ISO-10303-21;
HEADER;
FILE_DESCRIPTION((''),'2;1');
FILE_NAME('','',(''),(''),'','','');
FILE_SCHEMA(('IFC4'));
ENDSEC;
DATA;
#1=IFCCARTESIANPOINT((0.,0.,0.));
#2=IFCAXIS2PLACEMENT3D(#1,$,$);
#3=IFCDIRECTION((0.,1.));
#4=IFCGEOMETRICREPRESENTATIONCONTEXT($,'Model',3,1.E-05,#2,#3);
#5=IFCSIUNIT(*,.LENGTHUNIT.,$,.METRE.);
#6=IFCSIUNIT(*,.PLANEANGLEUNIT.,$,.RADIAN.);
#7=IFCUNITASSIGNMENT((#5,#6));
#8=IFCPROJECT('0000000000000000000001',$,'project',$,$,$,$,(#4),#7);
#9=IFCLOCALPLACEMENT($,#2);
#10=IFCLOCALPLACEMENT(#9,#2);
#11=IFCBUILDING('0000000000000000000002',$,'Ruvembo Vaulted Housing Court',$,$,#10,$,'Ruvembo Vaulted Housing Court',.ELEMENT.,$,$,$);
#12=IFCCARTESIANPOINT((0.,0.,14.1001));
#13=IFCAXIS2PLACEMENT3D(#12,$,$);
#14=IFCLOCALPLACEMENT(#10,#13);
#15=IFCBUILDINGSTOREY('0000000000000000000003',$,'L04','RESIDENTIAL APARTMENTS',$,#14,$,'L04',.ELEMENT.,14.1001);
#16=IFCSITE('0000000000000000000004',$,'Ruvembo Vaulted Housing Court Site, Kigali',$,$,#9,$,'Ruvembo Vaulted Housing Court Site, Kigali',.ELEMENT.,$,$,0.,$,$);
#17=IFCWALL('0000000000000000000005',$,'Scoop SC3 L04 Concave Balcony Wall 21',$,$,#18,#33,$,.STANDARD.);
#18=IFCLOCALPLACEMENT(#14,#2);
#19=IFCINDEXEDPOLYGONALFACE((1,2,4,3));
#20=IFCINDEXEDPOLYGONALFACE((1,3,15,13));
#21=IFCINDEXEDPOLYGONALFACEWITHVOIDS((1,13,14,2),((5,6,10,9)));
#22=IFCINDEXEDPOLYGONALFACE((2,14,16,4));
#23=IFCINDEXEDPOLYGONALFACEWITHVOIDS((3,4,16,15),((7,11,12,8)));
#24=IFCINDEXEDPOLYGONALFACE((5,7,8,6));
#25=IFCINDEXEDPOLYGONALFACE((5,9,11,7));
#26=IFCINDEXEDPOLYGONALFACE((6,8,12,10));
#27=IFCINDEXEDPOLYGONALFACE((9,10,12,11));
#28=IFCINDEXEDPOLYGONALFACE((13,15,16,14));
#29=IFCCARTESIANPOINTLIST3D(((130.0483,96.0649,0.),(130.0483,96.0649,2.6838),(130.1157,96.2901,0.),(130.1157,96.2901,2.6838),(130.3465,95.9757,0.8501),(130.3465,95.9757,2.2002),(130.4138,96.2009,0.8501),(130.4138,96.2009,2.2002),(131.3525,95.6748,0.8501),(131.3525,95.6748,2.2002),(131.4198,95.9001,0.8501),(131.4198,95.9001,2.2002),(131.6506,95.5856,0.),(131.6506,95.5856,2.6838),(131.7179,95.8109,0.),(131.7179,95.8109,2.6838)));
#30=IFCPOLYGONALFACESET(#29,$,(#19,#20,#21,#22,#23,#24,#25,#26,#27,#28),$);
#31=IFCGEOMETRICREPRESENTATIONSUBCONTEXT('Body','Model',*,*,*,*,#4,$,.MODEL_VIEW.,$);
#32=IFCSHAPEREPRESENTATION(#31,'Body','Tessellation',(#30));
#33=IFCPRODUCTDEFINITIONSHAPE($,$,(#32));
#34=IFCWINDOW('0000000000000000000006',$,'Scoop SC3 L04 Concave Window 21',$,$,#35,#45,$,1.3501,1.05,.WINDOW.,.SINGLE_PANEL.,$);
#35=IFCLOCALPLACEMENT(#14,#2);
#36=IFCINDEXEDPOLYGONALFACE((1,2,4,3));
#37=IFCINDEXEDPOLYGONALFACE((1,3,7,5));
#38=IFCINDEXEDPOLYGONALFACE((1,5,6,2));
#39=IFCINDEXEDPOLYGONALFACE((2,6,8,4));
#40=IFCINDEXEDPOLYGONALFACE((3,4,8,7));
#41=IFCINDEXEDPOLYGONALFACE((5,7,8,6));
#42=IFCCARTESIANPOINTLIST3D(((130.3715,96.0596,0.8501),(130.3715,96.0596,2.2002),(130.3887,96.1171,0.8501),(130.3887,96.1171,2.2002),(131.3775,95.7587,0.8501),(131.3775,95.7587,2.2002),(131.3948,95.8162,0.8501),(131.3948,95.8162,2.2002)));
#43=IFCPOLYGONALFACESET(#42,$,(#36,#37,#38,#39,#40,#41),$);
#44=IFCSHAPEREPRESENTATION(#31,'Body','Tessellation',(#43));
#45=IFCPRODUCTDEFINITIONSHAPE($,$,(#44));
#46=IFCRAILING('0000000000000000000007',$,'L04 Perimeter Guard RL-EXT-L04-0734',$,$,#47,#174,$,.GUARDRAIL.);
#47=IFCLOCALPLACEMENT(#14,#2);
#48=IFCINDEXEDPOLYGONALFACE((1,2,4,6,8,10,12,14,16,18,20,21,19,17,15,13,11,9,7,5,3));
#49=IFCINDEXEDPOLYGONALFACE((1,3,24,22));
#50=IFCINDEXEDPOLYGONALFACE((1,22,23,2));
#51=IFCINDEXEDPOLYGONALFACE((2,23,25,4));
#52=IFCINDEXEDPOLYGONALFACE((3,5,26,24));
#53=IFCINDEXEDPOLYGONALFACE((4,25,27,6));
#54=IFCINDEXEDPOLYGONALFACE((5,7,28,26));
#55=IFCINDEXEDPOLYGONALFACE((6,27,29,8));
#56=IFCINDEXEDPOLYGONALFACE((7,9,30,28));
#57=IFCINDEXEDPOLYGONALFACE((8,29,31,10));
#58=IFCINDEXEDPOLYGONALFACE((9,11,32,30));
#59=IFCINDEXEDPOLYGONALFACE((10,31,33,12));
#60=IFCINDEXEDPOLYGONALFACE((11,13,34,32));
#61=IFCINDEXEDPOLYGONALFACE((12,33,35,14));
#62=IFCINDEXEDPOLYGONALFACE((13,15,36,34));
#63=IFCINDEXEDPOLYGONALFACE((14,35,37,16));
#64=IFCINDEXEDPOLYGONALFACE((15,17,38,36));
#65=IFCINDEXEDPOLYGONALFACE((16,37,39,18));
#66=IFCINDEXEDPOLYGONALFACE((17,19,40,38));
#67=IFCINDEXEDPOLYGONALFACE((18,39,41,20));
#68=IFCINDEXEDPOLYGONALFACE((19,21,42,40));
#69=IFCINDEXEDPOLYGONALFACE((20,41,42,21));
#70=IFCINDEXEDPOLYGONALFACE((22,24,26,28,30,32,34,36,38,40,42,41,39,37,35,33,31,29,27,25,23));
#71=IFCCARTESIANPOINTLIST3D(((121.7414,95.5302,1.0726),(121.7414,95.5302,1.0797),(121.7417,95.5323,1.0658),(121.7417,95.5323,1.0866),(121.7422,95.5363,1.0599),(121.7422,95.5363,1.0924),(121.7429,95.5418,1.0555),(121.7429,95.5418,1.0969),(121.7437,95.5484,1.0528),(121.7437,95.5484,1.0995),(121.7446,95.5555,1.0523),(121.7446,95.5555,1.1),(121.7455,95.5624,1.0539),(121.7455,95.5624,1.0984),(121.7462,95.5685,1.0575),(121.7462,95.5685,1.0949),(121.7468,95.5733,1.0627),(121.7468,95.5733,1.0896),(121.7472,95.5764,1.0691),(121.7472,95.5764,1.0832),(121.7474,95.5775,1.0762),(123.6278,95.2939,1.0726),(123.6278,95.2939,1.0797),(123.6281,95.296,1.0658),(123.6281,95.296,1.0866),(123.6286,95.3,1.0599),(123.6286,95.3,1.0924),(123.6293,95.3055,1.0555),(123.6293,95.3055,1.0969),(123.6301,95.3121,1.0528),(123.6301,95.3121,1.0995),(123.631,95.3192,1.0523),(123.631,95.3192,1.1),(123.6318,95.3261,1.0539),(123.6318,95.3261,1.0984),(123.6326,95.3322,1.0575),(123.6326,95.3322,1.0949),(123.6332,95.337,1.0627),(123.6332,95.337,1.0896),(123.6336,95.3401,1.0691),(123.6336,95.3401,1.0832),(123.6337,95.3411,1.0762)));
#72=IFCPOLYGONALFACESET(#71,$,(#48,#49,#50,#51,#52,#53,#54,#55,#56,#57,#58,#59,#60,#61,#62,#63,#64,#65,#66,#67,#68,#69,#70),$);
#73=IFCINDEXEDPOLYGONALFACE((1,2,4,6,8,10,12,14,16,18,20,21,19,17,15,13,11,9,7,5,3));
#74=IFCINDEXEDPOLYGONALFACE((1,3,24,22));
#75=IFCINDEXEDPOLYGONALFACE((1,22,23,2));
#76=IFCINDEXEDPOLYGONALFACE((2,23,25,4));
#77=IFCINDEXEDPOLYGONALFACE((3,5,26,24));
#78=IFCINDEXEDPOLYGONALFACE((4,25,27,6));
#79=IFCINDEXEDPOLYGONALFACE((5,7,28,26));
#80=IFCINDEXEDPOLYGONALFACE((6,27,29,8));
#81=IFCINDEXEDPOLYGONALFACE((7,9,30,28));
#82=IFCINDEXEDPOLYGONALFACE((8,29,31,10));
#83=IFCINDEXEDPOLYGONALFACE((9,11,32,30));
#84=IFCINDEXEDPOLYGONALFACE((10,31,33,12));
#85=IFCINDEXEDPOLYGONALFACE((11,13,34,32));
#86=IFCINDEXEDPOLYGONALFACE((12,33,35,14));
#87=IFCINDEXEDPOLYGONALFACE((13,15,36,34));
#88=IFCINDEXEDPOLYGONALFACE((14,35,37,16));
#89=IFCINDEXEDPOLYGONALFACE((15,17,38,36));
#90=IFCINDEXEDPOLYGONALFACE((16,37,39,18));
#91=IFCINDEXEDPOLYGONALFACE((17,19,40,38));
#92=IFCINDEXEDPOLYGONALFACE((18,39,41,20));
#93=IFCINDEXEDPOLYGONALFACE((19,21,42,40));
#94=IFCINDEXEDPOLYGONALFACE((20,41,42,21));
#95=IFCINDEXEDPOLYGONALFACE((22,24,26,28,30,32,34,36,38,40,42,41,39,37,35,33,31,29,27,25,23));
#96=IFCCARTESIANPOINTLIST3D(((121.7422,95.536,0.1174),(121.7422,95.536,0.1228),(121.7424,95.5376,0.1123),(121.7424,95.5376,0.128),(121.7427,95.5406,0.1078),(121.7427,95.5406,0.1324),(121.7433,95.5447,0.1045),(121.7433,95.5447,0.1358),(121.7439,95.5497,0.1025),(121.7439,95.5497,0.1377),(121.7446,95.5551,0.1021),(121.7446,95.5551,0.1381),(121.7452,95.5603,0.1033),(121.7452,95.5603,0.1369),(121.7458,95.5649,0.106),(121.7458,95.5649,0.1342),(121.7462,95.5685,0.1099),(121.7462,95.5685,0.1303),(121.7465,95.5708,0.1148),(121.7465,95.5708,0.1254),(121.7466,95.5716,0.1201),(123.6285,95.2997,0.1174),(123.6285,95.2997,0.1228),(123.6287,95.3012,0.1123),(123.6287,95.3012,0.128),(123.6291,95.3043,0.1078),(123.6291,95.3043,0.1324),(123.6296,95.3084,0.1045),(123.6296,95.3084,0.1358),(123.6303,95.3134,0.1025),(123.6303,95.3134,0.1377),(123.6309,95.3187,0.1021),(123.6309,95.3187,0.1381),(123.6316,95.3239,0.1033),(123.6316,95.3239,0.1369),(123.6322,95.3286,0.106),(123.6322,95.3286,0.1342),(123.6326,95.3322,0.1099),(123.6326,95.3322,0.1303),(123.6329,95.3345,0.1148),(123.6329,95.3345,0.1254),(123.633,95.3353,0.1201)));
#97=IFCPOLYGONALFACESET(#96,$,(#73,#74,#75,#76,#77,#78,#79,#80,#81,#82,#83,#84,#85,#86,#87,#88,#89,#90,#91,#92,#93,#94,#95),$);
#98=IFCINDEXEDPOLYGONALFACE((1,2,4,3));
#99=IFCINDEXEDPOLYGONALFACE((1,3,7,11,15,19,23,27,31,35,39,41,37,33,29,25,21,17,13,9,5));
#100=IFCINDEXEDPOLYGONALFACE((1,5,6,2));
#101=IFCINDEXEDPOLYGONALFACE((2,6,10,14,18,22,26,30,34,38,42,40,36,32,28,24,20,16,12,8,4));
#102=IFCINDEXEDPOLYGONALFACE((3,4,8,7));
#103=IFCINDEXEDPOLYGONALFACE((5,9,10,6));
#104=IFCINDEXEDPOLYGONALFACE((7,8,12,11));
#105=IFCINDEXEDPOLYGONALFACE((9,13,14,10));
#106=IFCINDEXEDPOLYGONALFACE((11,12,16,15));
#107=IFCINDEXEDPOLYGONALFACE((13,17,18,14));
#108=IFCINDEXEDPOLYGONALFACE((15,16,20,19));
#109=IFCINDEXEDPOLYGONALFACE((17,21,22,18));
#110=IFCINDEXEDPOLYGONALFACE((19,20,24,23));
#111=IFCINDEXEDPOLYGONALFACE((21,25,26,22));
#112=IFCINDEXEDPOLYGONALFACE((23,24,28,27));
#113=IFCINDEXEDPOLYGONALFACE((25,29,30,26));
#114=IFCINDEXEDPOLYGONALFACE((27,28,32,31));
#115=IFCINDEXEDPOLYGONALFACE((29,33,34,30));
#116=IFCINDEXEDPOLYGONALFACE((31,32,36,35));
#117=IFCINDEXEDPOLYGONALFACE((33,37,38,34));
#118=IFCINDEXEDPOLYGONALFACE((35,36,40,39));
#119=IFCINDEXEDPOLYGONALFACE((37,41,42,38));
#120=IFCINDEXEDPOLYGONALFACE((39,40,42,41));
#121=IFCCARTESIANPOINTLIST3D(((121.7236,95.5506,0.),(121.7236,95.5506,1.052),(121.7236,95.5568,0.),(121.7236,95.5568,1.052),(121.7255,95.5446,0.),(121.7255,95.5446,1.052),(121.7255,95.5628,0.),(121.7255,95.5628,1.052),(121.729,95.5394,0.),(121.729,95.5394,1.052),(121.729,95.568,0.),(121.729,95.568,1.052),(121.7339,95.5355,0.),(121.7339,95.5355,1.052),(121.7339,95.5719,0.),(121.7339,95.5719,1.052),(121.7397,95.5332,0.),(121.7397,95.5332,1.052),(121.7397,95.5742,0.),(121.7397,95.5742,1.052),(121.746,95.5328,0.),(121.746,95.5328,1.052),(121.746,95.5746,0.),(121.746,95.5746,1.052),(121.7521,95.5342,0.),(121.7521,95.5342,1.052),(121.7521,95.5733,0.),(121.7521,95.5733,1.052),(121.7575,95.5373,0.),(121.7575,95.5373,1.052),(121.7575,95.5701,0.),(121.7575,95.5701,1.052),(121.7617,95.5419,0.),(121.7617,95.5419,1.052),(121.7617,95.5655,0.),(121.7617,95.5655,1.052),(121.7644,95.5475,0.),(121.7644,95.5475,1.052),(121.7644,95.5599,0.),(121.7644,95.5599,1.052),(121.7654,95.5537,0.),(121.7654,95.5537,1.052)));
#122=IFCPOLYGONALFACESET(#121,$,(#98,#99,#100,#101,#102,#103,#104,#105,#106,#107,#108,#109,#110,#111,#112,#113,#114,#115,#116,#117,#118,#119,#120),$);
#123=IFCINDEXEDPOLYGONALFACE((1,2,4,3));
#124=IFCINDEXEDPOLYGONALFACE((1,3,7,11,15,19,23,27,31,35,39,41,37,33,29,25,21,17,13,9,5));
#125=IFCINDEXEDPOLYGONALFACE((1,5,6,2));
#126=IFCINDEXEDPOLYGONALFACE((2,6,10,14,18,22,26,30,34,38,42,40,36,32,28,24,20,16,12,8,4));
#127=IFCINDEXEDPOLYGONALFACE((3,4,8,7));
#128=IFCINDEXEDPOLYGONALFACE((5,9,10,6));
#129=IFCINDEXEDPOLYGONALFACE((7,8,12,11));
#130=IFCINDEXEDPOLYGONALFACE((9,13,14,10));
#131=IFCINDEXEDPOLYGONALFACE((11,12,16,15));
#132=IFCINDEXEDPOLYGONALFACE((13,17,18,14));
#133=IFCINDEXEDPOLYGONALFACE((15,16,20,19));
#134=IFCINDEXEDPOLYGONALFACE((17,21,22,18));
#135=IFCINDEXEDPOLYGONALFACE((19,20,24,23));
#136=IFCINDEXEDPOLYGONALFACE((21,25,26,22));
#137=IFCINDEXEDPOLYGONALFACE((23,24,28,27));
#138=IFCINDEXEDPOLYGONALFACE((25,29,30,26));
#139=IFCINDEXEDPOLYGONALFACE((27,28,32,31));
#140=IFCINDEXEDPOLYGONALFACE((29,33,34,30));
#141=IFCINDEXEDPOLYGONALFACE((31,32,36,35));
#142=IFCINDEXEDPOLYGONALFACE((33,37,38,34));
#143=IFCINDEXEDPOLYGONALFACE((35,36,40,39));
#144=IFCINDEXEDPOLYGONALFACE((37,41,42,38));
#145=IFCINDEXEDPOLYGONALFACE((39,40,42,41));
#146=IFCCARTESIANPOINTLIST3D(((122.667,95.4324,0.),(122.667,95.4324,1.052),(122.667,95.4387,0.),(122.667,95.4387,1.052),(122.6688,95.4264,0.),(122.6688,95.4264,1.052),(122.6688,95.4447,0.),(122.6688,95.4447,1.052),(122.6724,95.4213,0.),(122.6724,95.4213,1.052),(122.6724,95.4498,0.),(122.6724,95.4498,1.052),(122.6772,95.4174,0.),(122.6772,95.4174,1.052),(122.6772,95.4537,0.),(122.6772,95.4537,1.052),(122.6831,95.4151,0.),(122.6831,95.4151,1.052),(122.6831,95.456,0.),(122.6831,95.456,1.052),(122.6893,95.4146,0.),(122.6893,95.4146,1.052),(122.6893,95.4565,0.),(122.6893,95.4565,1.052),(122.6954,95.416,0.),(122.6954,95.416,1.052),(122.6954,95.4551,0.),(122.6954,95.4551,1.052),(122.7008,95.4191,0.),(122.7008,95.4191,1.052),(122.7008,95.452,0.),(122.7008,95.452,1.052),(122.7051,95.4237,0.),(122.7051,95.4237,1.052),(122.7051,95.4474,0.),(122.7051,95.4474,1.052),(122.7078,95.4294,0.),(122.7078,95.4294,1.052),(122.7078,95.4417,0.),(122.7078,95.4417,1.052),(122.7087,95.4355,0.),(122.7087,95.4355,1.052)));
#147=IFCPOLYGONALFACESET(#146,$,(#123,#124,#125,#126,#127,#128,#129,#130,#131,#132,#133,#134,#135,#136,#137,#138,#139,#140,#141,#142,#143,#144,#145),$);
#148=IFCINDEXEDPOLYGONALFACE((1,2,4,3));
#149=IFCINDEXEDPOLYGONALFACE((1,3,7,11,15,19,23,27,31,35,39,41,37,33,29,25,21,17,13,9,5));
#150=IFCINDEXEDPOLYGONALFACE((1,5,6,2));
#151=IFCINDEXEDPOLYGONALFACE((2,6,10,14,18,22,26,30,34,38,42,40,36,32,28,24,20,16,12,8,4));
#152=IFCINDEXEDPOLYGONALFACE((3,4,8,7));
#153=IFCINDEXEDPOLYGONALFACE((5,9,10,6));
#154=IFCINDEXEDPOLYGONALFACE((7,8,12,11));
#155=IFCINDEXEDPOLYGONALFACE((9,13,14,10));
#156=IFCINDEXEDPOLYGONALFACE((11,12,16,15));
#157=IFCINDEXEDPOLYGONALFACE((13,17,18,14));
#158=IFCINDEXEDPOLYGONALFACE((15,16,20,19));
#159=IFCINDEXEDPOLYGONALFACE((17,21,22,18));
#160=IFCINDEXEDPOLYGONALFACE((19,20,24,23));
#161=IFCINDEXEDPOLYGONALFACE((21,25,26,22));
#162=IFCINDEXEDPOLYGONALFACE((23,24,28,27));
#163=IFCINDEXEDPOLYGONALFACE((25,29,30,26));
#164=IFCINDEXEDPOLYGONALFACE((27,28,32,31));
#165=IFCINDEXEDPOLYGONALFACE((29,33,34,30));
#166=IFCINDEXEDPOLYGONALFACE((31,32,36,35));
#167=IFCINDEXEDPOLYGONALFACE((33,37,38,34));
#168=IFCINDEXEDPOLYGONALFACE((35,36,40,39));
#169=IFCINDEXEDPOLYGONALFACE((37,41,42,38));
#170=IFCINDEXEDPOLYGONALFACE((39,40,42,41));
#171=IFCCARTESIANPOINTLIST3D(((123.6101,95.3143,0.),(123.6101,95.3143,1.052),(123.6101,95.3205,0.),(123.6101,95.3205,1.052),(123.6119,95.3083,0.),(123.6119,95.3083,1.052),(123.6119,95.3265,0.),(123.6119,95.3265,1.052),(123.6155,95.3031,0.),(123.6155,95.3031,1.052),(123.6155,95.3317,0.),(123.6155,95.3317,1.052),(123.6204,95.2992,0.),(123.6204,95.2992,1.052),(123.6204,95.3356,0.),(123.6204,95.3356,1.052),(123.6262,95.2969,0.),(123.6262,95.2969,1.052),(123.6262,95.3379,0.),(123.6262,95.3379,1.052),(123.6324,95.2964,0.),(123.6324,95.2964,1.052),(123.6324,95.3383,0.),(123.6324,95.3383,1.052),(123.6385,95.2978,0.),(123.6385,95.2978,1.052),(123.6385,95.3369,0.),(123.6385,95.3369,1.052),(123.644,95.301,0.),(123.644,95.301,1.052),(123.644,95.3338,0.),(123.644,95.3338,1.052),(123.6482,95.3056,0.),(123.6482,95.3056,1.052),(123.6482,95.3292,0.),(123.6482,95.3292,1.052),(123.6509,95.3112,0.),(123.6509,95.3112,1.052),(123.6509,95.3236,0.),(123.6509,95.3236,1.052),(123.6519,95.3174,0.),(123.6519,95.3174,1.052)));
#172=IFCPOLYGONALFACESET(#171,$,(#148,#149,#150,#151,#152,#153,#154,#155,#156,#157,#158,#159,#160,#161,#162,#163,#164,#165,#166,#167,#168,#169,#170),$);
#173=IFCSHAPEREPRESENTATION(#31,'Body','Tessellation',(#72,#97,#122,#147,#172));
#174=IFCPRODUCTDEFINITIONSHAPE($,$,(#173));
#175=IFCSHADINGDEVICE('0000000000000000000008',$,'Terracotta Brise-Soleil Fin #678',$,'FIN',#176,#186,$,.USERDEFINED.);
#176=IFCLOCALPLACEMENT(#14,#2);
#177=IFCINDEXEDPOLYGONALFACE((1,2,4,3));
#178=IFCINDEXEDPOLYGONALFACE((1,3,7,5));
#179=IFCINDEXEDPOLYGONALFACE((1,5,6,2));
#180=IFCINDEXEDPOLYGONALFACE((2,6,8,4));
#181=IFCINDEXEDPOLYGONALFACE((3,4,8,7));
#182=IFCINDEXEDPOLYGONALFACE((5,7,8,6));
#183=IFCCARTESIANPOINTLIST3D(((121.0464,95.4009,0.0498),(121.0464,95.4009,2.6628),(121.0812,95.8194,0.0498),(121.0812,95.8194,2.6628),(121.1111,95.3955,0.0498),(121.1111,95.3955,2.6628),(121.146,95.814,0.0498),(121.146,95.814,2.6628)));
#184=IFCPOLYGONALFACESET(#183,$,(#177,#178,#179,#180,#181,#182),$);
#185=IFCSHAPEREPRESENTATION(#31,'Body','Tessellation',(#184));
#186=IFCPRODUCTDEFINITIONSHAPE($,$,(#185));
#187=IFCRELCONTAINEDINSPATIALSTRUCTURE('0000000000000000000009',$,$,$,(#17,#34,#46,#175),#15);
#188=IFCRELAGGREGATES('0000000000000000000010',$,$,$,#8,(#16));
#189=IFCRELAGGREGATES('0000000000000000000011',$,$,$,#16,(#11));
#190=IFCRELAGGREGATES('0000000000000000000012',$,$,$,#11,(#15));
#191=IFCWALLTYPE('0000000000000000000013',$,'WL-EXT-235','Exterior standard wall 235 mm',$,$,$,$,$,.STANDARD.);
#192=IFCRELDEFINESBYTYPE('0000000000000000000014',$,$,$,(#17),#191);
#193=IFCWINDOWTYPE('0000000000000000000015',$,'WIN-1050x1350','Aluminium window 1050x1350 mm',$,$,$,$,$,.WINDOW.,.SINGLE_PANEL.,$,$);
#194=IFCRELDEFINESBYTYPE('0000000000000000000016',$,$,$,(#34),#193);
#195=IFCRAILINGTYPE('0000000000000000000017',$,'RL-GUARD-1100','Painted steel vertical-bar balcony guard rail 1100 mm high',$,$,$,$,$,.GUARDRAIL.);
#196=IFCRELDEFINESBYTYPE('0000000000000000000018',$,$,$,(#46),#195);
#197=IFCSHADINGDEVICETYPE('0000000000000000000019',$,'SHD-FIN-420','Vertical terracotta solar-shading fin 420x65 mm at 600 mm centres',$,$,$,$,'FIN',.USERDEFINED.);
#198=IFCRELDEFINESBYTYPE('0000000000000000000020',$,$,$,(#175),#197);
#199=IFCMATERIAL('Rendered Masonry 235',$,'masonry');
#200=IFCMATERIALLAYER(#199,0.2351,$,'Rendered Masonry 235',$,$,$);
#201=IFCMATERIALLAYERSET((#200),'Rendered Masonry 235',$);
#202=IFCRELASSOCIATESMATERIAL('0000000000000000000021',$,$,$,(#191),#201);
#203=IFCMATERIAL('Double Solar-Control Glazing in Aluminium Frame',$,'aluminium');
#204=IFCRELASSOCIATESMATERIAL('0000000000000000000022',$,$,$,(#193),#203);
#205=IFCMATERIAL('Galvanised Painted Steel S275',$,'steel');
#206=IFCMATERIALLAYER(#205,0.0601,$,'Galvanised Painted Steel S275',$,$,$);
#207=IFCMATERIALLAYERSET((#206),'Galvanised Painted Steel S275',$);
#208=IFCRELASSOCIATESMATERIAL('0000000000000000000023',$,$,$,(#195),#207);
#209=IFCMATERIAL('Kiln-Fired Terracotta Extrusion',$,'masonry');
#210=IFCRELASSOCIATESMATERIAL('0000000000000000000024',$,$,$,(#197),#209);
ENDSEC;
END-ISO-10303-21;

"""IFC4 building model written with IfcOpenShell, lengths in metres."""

from ifc_helpers import new_model, si_unit, direction, frame, frame_2d, origin, origin_2d, place, context, subcontext, project, spatial, rectangle, circle, extrude, material, layer, layer_set, type_object, element, fill, save


model = new_model("IFC4")

# Units and contexts
model_context = context("Model", 3, precision=1e-05, world=origin(), true_north=direction((0.0, 1.0)))
body_context = subcontext(model_context, "Body", "Model", "MODEL_VIEW")
ifc_project = project(units=[si_unit("LENGTHUNIT", "METRE"), si_unit("PLANEANGLEUNIT", "RADIAN")], contexts=[model_context])

# Site, building, storey
site_placement = place(None, origin())
site = spatial("IfcSite", under=ifc_project, at=site_placement, Name="Ruvembo Vaulted Housing Court Site, Kigali", LongName="Ruvembo Vaulted Housing Court Site, Kigali", CompositionType="ELEMENT", RefElevation=0.0)
building_placement = place(site_placement, origin())
building = spatial("IfcBuilding", under=site, at=building_placement, Name="Ruvembo Vaulted Housing Court", LongName="Ruvembo Vaulted Housing Court", CompositionType="ELEMENT")
storey_placement = place(building_placement, frame((0.0, 0.0, 14.1001)))
storey = spatial("IfcBuildingStorey", under=building, at=storey_placement, Name="L04", Description="RESIDENTIAL APARTMENTS", LongName="L04", CompositionType="ELEMENT", Elevation=14.1001)

# Shared definitions
ifc_material_1 = material(Name="Rendered Masonry 235", Category="masonry")
ifc_layer_1 = layer(ifc_material_1, 0.2351, Name="Rendered Masonry 235")
ifc_layer_set_1 = layer_set([ifc_layer_1], Name="Rendered Masonry 235")
wall_type_1 = type_object("IfcWallType", Name="WL-EXT-235", Description="Exterior standard wall 235 mm", PredefinedType="STANDARD", material=ifc_layer_set_1)
ifc_material_2 = material(Name="Double Solar-Control Glazing in Aluminium Frame", Category="aluminium")

# Wall, opening, window
wall_1_placement = place(storey_placement, frame((130.082, 96.1775, 0.0), z_axis=(0.0, 0.0, 1.0), x_axis=(0.958063, -0.286558, 0.0)))
wall_1 = element("IfcWall", 1, at=wall_1_placement, inside=storey, type_object=wall_type_1, Name="Scoop SC3 L04 Concave Balcony Wall 21", PredefinedType="STANDARD", context=body_context, shape_type="SweptSolid", body=[
    extrude(rectangle(XDim=1.6724, YDim=0.2351, at=frame_2d((0.8362, 0.0))), origin(), (0.0, 0.0, 1.0), 2.6838),
])
opening_1_placement = place(wall_1_placement, frame((0.3113, 0.0, 0.8501)))
opening_1 = element("IfcOpeningElement", 2, at=opening_1_placement, cuts=wall_1, PredefinedType="OPENING", context=body_context, shape_type="SweptSolid", body=[
    extrude(rectangle(XDim=1.05, YDim=1.3501, at=frame_2d((0.5249, 0.675))), frame((0.0, 0.1274, 0.0), z_axis=(0.0, -1.0, 0.0), x_axis=(1.0, 0.0, 0.0)), (0.0, 0.0, 1.0), 0.2551),
])
window_type_1 = type_object("IfcWindowType", Name="WIN-1050x1350", Description="Aluminium window 1050x1350 mm", PartitioningType="SINGLE_PANEL", PredefinedType="WINDOW", material=ifc_material_2)
window_1_placement = place(opening_1_placement, origin())
window_1 = element("IfcWindow", 3, at=window_1_placement, inside=storey, type_object=window_type_1, Name="Scoop SC3 L04 Concave Window 21", OverallHeight=1.3501, OverallWidth=1.05, PartitioningType="SINGLE_PANEL", PredefinedType="WINDOW", context=body_context, shape_type="SweptSolid", body=[
    extrude(rectangle(XDim=1.05, YDim=1.3501, at=frame_2d((0.5249, 0.675))), frame((0.0, 0.03, 0.0), z_axis=(0.0, -1.0, 0.0), x_axis=(1.0, 0.0, 0.0)), (0.0, 0.0, 1.0), 0.0601),
])
fill(opening_1, window_1)

# Railing
ifc_material_3 = material(Name="Galvanised Painted Steel S275", Category="steel")
ifc_layer_2 = layer(ifc_material_3, 0.0601, Name="Galvanised Painted Steel S275")
ifc_layer_set_2 = layer_set([ifc_layer_2], Name="Galvanised Painted Steel S275")
railing_type = type_object("IfcRailingType", Name="RL-GUARD-1100", Description="Painted steel vertical-bar balcony guard rail 1100 mm high", PredefinedType="GUARDRAIL", material=ifc_layer_set_2)
railing_placement = place(storey_placement, frame((121.7444, 95.5537, 0.0)))
element("IfcRailing", 4, at=railing_placement, inside=storey, type_object=railing_type, Name="L04 Perimeter Guard RL-EXT-L04-0734", PredefinedType="GUARDRAIL", context=body_context, shape_type="SweptSolid", body=[
    extrude(circle(Radius=0.0239, at=origin_2d()), frame((0.0, 0.0, 1.0762), z_axis=(0.992244, -0.124303, 0.0), x_axis=(0.124303, 0.992244, 0.0)), (0.0, 0.0, 1.0), 1.9011),
    extrude(circle(Radius=0.0181, at=origin_2d()), frame((0.0, 0.0, 0.1201), z_axis=(0.992244, -0.124303, 0.0), x_axis=(0.124303, 0.992244, 0.0)), (0.0, 0.0, 1.0), 1.9011),
    extrude(circle(Radius=0.021, at=origin_2d()), origin(), (0.0, 0.0, 1.0), 1.052),
    extrude(circle(Radius=0.021, at=origin_2d()), frame((0.9434, -0.1182, 0.0)), (0.0, 0.0, 1.0), 1.052),
    extrude(circle(Radius=0.021, at=origin_2d()), frame((1.8865, -0.2363, 0.0)), (0.0, 0.0, 1.0), 1.052),
])

# Shading device
ifc_material_4 = material(Name="Kiln-Fired Terracotta Extrusion", Category="masonry")
shading_device_type = type_object("IfcShadingDeviceType", Name="SHD-FIN-420", Description="Vertical terracotta solar-shading fin 420x65 mm at 600 mm centres", ElementType="FIN", PredefinedType="USERDEFINED", material=ifc_material_4)
shading_device_placement = place(storey_placement, frame((121.0962, 95.6074, 0.0498), z_axis=(0.0, 0.0, 1.0), x_axis=(-0.082895, -0.996558, 0.0)))
element("IfcShadingDevice", 5, at=shading_device_placement, inside=storey, type_object=shading_device_type, Name="Terracotta Brise-Soleil Fin #678", ObjectType="FIN", PredefinedType="USERDEFINED", context=body_context, shape_type="SweptSolid", body=[
    extrude(rectangle(XDim=0.4199, YDim=0.0649, at=origin_2d()), origin(), (0.0, 0.0, 1.0), 2.613),
])

save(model, "model.ifc")
